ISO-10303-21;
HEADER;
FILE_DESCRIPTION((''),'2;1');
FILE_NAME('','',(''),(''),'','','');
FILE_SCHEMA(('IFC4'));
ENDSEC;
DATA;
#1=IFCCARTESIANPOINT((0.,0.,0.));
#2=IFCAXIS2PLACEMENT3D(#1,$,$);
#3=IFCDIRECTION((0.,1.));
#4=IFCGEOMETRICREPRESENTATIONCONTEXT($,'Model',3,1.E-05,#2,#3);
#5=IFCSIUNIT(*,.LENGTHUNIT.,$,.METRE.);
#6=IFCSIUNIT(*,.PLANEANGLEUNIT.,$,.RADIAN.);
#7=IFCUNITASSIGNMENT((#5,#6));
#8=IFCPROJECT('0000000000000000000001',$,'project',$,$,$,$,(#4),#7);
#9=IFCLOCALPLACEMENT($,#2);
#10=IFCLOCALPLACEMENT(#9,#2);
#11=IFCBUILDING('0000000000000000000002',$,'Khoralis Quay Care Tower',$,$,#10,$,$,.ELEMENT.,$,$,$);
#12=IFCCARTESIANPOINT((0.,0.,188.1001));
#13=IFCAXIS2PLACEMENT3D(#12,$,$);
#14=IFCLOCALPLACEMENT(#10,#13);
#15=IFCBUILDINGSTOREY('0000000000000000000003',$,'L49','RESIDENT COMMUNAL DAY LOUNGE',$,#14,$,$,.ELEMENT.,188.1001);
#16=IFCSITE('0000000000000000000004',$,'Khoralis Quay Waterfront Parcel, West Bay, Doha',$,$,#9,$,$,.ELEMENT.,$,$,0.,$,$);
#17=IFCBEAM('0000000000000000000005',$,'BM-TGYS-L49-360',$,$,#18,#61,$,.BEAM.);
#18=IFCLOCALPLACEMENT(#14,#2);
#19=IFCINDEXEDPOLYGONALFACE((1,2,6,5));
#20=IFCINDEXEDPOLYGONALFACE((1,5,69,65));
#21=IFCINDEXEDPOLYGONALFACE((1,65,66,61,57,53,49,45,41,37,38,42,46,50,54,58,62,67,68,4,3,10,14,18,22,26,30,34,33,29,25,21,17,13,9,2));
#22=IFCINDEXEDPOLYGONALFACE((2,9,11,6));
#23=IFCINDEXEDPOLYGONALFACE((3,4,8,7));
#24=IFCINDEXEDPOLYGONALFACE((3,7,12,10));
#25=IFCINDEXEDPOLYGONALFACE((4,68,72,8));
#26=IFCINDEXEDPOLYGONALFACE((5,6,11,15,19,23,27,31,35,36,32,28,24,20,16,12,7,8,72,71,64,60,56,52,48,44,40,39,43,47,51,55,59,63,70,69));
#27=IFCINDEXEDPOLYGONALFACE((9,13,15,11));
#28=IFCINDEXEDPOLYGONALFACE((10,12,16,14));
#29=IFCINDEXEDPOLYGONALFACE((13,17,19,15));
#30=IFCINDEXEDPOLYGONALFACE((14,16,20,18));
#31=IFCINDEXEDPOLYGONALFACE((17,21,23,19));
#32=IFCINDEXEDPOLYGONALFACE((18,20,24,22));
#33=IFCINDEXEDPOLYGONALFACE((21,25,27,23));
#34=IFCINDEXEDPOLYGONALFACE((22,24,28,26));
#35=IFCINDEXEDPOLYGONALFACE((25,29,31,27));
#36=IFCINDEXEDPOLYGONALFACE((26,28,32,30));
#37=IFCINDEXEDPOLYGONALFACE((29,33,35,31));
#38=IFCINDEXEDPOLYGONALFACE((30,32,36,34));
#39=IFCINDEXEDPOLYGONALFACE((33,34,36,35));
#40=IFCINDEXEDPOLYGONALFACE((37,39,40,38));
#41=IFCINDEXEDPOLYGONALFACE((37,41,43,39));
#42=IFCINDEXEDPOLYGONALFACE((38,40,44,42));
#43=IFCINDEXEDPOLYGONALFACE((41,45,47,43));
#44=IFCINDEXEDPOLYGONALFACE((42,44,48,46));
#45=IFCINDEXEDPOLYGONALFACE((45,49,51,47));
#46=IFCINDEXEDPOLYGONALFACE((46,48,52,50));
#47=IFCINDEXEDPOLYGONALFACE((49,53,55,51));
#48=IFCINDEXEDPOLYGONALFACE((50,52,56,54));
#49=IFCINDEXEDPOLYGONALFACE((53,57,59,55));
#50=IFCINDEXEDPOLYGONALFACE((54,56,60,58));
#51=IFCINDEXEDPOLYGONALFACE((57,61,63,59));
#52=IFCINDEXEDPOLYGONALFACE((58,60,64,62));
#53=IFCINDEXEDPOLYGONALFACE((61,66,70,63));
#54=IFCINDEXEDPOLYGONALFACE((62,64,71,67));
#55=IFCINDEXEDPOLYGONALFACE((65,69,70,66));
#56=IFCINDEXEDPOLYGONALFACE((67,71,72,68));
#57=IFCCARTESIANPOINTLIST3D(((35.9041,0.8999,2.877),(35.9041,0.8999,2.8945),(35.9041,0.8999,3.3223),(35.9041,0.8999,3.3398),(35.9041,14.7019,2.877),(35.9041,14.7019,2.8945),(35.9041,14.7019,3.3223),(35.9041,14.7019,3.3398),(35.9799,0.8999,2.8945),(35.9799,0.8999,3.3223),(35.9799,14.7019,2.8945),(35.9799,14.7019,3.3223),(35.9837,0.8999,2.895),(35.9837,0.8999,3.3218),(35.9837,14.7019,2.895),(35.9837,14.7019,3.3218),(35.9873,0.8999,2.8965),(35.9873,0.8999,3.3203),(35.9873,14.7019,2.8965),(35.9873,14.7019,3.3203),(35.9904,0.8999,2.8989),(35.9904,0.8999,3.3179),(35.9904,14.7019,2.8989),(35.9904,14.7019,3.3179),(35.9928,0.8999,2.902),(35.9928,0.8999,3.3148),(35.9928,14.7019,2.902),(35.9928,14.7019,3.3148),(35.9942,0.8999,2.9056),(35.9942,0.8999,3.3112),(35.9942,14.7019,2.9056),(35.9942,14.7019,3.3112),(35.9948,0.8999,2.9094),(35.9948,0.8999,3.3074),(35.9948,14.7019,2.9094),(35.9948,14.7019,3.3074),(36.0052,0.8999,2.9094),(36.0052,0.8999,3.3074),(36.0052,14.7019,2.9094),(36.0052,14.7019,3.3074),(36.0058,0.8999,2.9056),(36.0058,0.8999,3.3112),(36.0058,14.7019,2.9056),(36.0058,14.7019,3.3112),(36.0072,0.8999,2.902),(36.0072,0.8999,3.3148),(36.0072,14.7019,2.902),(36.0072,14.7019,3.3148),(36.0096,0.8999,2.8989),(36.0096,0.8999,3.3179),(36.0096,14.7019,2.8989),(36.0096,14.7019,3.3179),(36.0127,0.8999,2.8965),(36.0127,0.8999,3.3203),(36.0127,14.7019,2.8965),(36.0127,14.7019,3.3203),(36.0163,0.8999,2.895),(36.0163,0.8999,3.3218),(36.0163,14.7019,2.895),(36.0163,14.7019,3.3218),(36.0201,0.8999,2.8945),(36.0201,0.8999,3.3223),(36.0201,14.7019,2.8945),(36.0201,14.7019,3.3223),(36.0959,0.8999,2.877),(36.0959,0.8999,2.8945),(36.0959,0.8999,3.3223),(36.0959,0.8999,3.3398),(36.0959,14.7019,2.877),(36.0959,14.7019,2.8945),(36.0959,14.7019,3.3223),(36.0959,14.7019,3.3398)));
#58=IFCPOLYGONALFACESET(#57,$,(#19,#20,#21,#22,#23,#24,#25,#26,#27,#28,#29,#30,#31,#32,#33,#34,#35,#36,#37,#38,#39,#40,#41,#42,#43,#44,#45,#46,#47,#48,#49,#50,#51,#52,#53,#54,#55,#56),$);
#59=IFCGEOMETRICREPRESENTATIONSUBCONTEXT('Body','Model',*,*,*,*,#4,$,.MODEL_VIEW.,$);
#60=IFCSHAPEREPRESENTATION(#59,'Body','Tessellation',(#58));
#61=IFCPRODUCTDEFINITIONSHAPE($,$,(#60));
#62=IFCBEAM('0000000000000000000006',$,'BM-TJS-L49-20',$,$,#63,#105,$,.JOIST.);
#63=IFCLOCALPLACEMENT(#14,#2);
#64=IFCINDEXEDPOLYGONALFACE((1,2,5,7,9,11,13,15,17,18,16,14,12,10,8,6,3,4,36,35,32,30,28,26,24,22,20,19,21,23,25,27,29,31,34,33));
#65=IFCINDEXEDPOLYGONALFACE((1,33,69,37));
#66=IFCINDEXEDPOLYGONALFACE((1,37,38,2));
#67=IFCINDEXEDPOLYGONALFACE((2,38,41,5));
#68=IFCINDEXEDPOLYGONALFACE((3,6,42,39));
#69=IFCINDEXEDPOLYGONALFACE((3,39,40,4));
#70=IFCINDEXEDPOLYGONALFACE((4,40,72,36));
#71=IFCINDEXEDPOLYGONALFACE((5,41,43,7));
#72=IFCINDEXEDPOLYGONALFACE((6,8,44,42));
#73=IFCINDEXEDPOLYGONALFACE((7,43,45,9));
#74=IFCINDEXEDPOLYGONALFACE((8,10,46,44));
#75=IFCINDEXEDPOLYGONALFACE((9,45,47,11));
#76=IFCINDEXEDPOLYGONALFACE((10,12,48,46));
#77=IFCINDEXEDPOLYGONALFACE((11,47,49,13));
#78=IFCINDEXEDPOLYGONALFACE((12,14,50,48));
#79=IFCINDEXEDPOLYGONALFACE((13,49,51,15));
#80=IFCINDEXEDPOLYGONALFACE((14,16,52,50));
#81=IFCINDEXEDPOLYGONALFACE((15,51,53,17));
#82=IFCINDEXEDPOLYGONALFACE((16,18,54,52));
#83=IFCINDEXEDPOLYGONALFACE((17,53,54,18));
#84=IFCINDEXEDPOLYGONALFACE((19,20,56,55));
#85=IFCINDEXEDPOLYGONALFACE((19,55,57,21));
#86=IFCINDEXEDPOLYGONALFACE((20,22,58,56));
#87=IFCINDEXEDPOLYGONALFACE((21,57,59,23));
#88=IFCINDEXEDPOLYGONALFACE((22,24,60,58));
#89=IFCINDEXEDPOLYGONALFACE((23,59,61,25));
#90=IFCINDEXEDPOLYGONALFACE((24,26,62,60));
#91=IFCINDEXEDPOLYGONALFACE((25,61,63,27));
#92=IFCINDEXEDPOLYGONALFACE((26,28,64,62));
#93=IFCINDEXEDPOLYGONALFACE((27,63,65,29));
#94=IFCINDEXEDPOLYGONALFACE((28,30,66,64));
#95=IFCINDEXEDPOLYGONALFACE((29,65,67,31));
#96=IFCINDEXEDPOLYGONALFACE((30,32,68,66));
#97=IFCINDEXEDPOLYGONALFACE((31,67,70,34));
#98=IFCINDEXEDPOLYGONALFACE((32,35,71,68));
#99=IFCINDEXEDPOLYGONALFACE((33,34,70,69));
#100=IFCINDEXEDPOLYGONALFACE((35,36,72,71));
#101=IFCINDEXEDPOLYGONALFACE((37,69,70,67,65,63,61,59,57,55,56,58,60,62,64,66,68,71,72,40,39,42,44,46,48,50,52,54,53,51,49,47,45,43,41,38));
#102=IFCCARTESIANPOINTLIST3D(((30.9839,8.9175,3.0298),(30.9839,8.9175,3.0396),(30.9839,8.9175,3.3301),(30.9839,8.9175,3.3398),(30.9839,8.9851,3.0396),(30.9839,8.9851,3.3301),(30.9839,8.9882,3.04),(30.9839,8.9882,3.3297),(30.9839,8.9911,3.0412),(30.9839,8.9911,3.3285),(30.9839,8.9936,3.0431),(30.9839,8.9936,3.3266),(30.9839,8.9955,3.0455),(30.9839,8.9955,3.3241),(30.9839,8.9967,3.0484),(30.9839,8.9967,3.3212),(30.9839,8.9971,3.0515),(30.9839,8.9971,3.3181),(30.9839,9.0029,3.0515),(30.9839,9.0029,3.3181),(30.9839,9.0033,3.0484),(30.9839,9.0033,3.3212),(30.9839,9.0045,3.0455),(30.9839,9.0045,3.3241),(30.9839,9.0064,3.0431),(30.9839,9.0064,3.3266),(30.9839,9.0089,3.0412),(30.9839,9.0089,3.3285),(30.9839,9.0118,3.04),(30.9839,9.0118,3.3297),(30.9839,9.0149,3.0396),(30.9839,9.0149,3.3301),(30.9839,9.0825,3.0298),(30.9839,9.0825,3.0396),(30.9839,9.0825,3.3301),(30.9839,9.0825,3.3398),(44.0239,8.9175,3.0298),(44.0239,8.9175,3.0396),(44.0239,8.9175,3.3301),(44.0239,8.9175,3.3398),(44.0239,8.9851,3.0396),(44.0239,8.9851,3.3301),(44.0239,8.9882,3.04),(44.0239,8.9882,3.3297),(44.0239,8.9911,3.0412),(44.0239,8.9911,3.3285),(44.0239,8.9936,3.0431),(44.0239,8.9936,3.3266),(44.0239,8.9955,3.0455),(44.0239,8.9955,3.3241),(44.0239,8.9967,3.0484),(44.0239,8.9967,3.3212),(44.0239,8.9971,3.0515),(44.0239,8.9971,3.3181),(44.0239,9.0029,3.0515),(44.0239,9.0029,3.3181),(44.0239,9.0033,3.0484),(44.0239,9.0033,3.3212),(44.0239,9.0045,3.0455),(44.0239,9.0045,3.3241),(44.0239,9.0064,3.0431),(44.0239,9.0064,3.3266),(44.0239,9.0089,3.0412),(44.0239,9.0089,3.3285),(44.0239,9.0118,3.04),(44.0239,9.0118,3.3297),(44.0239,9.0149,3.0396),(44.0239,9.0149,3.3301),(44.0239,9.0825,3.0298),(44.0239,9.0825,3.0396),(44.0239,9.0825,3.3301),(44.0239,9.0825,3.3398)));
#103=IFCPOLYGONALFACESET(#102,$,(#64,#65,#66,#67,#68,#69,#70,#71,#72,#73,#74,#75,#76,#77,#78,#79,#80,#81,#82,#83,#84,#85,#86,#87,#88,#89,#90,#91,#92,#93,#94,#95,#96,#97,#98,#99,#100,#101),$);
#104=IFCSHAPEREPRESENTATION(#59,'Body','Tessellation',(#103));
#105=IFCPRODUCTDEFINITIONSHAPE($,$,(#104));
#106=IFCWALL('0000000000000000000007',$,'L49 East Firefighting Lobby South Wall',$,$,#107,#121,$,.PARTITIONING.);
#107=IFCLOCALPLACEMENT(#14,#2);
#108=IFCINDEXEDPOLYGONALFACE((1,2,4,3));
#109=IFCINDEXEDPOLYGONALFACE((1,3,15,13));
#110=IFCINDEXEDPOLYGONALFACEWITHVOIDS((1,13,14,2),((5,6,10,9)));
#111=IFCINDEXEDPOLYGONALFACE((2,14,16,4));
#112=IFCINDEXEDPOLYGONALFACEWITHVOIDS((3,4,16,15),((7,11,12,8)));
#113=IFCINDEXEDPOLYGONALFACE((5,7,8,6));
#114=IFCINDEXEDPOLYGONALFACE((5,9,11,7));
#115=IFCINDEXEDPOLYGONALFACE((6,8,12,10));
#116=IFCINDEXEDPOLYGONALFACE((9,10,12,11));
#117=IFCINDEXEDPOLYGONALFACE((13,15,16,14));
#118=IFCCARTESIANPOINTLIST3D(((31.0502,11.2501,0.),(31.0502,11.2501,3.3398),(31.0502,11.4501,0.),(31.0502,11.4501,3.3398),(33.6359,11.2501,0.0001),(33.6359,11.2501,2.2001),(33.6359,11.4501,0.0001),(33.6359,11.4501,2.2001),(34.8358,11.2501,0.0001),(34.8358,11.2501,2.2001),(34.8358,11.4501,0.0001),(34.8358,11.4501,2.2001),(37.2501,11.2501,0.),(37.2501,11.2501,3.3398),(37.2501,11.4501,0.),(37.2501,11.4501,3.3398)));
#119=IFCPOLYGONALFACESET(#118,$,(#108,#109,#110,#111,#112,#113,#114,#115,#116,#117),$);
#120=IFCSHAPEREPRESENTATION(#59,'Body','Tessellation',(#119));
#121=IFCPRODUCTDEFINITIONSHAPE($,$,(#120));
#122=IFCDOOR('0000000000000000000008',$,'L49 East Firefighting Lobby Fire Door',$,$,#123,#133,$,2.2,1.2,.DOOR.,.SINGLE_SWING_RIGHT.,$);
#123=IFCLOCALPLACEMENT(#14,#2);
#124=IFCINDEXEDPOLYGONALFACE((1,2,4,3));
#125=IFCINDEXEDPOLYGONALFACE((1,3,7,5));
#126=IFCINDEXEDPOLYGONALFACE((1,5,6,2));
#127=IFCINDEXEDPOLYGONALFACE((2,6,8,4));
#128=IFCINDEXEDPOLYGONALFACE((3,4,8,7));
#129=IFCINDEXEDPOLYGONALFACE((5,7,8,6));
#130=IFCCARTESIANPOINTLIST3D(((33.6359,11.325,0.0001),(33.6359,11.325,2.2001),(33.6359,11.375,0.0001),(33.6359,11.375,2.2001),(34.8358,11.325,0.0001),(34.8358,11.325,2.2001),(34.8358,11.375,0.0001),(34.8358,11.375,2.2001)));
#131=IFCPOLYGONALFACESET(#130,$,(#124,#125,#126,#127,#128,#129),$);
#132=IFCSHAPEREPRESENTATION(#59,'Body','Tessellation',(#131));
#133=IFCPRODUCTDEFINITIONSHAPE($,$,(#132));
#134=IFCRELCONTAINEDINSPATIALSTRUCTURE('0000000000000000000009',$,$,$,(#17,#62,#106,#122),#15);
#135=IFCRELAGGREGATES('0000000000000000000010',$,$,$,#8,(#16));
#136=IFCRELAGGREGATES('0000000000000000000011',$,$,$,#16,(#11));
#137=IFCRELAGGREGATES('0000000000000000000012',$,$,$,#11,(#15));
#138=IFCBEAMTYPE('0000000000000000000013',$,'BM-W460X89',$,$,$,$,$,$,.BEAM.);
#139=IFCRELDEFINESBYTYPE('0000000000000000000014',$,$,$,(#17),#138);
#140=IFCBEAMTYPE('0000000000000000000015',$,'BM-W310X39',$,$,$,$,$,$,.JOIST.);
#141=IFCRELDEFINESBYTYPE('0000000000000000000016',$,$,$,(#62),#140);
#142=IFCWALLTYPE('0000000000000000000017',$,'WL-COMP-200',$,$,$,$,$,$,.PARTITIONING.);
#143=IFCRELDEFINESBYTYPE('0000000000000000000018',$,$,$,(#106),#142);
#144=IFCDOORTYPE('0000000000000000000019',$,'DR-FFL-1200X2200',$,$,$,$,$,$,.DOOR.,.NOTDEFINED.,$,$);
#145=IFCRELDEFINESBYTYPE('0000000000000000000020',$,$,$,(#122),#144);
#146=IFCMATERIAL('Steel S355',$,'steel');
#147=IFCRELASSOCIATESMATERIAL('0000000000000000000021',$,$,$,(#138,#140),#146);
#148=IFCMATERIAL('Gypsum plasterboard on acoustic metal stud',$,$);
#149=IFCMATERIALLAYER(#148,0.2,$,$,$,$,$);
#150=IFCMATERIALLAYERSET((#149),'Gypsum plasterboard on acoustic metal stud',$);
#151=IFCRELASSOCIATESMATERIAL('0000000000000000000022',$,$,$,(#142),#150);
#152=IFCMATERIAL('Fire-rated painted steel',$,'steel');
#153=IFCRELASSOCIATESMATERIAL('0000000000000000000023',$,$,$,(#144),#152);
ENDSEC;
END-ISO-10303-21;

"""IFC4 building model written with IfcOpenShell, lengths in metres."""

from ifc_helpers import new_model, si_unit, direction, frame, frame_2d, origin, origin_2d, place, context, subcontext, project, spatial, rectangle, i_section, extrude, source, transform, mapped, material, layer, layer_set, material_profile, profile_set, type_object, element, fill, save


model = new_model("IFC4")

# Units and contexts
model_context = context("Model", 3, precision=1e-05, world=origin(), true_north=direction((0.0, 1.0)))
body_context = subcontext(model_context, "Body", "Model", "MODEL_VIEW")
ifc_project = project(units=[si_unit("LENGTHUNIT", "METRE"), si_unit("PLANEANGLEUNIT", "RADIAN")], contexts=[model_context])

# Site, building, storey
site_placement = place(None, origin())
site = spatial("IfcSite", under=ifc_project, at=site_placement, Name="Khoralis Quay Waterfront Parcel, West Bay, Doha", CompositionType="ELEMENT", RefElevation=0.0)
building_placement = place(site_placement, origin())
building = spatial("IfcBuilding", under=site, at=building_placement, Name="Khoralis Quay Care Tower", CompositionType="ELEMENT")
storey_placement = place(building_placement, frame((0.0, 0.0, 188.1001)))
storey = spatial("IfcBuildingStorey", under=building, at=storey_placement, Name="L49", Description="RESIDENT COMMUNAL DAY LOUNGE", CompositionType="ELEMENT", Elevation=188.1001)

# Beams
ifc_material_1 = material(Name="Steel S355", Category="steel")
ifc_material_profile_1 = material_profile(ifc_material_1, i_section(OverallWidth=0.1919, OverallDepth=0.4629, WebThickness=0.0105, FlangeThickness=0.0176, FilletRadius=0.0149, at=origin_2d()), Name="Steel S355")
ifc_profile_set_1 = profile_set([ifc_material_profile_1], Name="Steel S355")
beam_type_1 = type_object("IfcBeamType", Name="BM-W460X89", PredefinedType="BEAM", material=ifc_profile_set_1)
shared_shape_1 = source(origin(), body_context, "Body", "SweptSolid", [
    extrude(i_section(OverallWidth=0.1919, OverallDepth=0.4629, WebThickness=0.0105, FlangeThickness=0.0176, FilletRadius=0.0149, at=origin_2d()), origin(), (0.0, 0.0, 1.0), 13.802),
])
beam_1_placement = place(storey_placement, frame((36.0, 0.8999, 3.1084), z_axis=(0.0, 1.0, 0.0), x_axis=(-1.0, 0.0, 0.0)))
element("IfcBeam", 1, at=beam_1_placement, inside=storey, type_object=beam_type_1, Name="BM-TGYS-L49-360", PredefinedType="BEAM", context=body_context, shape_type="MappedRepresentation", body=[
    mapped(shared_shape_1, transform((0.0, 0.0, 0.0), scale=1.0)),
])
ifc_material_profile_2 = material_profile(ifc_material_1, i_section(OverallWidth=0.165, OverallDepth=0.3101, WebThickness=0.0059, FlangeThickness=0.0098, FilletRadius=0.012, at=origin_2d()), Name="Steel S355")
ifc_profile_set_2 = profile_set([ifc_material_profile_2], Name="Steel S355")
beam_type_2 = type_object("IfcBeamType", Name="BM-W310X39", PredefinedType="JOIST", material=ifc_profile_set_2)
shared_shape_2 = source(origin(), body_context, "Body", "SweptSolid", [
    extrude(i_section(OverallWidth=0.165, OverallDepth=0.3101, WebThickness=0.0059, FlangeThickness=0.0098, FilletRadius=0.012, at=origin_2d()), origin(), (0.0, 0.0, 1.0), 13.04),
])
beam_2_placement = place(storey_placement, frame((30.9839, 9.0, 3.1848), z_axis=(1.0, 0.0, 0.0), x_axis=(0.0, 1.0, 0.0)))
element("IfcBeam", 2, at=beam_2_placement, inside=storey, type_object=beam_type_2, Name="BM-TJS-L49-20", PredefinedType="JOIST", context=body_context, shape_type="MappedRepresentation", body=[
    mapped(shared_shape_2, transform((0.0, 0.0, 0.0), scale=1.0)),
])

# Wall, opening, door
ifc_material_2 = material(Name="Gypsum plasterboard on acoustic metal stud")
ifc_layer_1 = layer(ifc_material_2, 0.2)
ifc_layer_set_1 = layer_set([ifc_layer_1], Name="Gypsum plasterboard on acoustic metal stud")
wall_type_1 = type_object("IfcWallType", Name="WL-COMP-200", PredefinedType="PARTITIONING", material=ifc_layer_set_1)
wall_1_placement = place(storey_placement, frame((31.05, 11.3501, 0.0), z_axis=(0.0, 0.0, 1.0), x_axis=(1.0, 0.0, 0.0)))
wall_1 = element("IfcWall", 3, at=wall_1_placement, inside=storey, type_object=wall_type_1, Name="L49 East Firefighting Lobby South Wall", PredefinedType="PARTITIONING", context=body_context, shape_type="SweptSolid", body=[
    extrude(rectangle(XDim=6.2, YDim=0.2, at=frame_2d((3.1001, 0.0))), origin(), (0.0, 0.0, 1.0), 3.3398),
])
opening_1_placement = place(wall_1_placement, frame((2.5857, 0.0, 0.0)))
opening_1 = element("IfcOpeningElement", 4, at=opening_1_placement, cuts=wall_1, PredefinedType="OPENING", context=body_context, shape_type="SweptSolid", body=[
    extrude(rectangle(XDim=1.2, YDim=2.2, at=frame_2d((0.6001, 1.1001))), frame((0.0, 0.1099, 0.0), z_axis=(0.0, -1.0, 0.0), x_axis=(1.0, 0.0, 0.0)), (0.0, 0.0, 1.0), 0.22),
])
ifc_material_3 = material(Name="Fire-rated painted steel", Category="steel")
door_type_1 = type_object("IfcDoorType", Name="DR-FFL-1200X2200", OperationType="NOTDEFINED", PredefinedType="DOOR", material=ifc_material_3)
shared_shape_3 = source(origin(), body_context, "Body", "SweptSolid", [
    extrude(rectangle(XDim=1.2, YDim=2.2, at=frame_2d((0.6001, 1.1001))), frame((0.0, 0.0249, 0.0), z_axis=(0.0, -1.0, 0.0), x_axis=(1.0, 0.0, 0.0)), (0.0, 0.0, 1.0), 0.05),
])
door_1_placement = place(opening_1_placement, origin())
door_1 = element("IfcDoor", 5, at=door_1_placement, inside=storey, type_object=door_type_1, Name="L49 East Firefighting Lobby Fire Door", OperationType="SINGLE_SWING_RIGHT", OverallHeight=2.2, OverallWidth=1.2, PredefinedType="DOOR", context=body_context, shape_type="MappedRepresentation", body=[
    mapped(shared_shape_3, transform((0.0, 0.0, 0.0), scale=1.0)),
])
fill(opening_1, door_1)

save(model, "model.ifc")
